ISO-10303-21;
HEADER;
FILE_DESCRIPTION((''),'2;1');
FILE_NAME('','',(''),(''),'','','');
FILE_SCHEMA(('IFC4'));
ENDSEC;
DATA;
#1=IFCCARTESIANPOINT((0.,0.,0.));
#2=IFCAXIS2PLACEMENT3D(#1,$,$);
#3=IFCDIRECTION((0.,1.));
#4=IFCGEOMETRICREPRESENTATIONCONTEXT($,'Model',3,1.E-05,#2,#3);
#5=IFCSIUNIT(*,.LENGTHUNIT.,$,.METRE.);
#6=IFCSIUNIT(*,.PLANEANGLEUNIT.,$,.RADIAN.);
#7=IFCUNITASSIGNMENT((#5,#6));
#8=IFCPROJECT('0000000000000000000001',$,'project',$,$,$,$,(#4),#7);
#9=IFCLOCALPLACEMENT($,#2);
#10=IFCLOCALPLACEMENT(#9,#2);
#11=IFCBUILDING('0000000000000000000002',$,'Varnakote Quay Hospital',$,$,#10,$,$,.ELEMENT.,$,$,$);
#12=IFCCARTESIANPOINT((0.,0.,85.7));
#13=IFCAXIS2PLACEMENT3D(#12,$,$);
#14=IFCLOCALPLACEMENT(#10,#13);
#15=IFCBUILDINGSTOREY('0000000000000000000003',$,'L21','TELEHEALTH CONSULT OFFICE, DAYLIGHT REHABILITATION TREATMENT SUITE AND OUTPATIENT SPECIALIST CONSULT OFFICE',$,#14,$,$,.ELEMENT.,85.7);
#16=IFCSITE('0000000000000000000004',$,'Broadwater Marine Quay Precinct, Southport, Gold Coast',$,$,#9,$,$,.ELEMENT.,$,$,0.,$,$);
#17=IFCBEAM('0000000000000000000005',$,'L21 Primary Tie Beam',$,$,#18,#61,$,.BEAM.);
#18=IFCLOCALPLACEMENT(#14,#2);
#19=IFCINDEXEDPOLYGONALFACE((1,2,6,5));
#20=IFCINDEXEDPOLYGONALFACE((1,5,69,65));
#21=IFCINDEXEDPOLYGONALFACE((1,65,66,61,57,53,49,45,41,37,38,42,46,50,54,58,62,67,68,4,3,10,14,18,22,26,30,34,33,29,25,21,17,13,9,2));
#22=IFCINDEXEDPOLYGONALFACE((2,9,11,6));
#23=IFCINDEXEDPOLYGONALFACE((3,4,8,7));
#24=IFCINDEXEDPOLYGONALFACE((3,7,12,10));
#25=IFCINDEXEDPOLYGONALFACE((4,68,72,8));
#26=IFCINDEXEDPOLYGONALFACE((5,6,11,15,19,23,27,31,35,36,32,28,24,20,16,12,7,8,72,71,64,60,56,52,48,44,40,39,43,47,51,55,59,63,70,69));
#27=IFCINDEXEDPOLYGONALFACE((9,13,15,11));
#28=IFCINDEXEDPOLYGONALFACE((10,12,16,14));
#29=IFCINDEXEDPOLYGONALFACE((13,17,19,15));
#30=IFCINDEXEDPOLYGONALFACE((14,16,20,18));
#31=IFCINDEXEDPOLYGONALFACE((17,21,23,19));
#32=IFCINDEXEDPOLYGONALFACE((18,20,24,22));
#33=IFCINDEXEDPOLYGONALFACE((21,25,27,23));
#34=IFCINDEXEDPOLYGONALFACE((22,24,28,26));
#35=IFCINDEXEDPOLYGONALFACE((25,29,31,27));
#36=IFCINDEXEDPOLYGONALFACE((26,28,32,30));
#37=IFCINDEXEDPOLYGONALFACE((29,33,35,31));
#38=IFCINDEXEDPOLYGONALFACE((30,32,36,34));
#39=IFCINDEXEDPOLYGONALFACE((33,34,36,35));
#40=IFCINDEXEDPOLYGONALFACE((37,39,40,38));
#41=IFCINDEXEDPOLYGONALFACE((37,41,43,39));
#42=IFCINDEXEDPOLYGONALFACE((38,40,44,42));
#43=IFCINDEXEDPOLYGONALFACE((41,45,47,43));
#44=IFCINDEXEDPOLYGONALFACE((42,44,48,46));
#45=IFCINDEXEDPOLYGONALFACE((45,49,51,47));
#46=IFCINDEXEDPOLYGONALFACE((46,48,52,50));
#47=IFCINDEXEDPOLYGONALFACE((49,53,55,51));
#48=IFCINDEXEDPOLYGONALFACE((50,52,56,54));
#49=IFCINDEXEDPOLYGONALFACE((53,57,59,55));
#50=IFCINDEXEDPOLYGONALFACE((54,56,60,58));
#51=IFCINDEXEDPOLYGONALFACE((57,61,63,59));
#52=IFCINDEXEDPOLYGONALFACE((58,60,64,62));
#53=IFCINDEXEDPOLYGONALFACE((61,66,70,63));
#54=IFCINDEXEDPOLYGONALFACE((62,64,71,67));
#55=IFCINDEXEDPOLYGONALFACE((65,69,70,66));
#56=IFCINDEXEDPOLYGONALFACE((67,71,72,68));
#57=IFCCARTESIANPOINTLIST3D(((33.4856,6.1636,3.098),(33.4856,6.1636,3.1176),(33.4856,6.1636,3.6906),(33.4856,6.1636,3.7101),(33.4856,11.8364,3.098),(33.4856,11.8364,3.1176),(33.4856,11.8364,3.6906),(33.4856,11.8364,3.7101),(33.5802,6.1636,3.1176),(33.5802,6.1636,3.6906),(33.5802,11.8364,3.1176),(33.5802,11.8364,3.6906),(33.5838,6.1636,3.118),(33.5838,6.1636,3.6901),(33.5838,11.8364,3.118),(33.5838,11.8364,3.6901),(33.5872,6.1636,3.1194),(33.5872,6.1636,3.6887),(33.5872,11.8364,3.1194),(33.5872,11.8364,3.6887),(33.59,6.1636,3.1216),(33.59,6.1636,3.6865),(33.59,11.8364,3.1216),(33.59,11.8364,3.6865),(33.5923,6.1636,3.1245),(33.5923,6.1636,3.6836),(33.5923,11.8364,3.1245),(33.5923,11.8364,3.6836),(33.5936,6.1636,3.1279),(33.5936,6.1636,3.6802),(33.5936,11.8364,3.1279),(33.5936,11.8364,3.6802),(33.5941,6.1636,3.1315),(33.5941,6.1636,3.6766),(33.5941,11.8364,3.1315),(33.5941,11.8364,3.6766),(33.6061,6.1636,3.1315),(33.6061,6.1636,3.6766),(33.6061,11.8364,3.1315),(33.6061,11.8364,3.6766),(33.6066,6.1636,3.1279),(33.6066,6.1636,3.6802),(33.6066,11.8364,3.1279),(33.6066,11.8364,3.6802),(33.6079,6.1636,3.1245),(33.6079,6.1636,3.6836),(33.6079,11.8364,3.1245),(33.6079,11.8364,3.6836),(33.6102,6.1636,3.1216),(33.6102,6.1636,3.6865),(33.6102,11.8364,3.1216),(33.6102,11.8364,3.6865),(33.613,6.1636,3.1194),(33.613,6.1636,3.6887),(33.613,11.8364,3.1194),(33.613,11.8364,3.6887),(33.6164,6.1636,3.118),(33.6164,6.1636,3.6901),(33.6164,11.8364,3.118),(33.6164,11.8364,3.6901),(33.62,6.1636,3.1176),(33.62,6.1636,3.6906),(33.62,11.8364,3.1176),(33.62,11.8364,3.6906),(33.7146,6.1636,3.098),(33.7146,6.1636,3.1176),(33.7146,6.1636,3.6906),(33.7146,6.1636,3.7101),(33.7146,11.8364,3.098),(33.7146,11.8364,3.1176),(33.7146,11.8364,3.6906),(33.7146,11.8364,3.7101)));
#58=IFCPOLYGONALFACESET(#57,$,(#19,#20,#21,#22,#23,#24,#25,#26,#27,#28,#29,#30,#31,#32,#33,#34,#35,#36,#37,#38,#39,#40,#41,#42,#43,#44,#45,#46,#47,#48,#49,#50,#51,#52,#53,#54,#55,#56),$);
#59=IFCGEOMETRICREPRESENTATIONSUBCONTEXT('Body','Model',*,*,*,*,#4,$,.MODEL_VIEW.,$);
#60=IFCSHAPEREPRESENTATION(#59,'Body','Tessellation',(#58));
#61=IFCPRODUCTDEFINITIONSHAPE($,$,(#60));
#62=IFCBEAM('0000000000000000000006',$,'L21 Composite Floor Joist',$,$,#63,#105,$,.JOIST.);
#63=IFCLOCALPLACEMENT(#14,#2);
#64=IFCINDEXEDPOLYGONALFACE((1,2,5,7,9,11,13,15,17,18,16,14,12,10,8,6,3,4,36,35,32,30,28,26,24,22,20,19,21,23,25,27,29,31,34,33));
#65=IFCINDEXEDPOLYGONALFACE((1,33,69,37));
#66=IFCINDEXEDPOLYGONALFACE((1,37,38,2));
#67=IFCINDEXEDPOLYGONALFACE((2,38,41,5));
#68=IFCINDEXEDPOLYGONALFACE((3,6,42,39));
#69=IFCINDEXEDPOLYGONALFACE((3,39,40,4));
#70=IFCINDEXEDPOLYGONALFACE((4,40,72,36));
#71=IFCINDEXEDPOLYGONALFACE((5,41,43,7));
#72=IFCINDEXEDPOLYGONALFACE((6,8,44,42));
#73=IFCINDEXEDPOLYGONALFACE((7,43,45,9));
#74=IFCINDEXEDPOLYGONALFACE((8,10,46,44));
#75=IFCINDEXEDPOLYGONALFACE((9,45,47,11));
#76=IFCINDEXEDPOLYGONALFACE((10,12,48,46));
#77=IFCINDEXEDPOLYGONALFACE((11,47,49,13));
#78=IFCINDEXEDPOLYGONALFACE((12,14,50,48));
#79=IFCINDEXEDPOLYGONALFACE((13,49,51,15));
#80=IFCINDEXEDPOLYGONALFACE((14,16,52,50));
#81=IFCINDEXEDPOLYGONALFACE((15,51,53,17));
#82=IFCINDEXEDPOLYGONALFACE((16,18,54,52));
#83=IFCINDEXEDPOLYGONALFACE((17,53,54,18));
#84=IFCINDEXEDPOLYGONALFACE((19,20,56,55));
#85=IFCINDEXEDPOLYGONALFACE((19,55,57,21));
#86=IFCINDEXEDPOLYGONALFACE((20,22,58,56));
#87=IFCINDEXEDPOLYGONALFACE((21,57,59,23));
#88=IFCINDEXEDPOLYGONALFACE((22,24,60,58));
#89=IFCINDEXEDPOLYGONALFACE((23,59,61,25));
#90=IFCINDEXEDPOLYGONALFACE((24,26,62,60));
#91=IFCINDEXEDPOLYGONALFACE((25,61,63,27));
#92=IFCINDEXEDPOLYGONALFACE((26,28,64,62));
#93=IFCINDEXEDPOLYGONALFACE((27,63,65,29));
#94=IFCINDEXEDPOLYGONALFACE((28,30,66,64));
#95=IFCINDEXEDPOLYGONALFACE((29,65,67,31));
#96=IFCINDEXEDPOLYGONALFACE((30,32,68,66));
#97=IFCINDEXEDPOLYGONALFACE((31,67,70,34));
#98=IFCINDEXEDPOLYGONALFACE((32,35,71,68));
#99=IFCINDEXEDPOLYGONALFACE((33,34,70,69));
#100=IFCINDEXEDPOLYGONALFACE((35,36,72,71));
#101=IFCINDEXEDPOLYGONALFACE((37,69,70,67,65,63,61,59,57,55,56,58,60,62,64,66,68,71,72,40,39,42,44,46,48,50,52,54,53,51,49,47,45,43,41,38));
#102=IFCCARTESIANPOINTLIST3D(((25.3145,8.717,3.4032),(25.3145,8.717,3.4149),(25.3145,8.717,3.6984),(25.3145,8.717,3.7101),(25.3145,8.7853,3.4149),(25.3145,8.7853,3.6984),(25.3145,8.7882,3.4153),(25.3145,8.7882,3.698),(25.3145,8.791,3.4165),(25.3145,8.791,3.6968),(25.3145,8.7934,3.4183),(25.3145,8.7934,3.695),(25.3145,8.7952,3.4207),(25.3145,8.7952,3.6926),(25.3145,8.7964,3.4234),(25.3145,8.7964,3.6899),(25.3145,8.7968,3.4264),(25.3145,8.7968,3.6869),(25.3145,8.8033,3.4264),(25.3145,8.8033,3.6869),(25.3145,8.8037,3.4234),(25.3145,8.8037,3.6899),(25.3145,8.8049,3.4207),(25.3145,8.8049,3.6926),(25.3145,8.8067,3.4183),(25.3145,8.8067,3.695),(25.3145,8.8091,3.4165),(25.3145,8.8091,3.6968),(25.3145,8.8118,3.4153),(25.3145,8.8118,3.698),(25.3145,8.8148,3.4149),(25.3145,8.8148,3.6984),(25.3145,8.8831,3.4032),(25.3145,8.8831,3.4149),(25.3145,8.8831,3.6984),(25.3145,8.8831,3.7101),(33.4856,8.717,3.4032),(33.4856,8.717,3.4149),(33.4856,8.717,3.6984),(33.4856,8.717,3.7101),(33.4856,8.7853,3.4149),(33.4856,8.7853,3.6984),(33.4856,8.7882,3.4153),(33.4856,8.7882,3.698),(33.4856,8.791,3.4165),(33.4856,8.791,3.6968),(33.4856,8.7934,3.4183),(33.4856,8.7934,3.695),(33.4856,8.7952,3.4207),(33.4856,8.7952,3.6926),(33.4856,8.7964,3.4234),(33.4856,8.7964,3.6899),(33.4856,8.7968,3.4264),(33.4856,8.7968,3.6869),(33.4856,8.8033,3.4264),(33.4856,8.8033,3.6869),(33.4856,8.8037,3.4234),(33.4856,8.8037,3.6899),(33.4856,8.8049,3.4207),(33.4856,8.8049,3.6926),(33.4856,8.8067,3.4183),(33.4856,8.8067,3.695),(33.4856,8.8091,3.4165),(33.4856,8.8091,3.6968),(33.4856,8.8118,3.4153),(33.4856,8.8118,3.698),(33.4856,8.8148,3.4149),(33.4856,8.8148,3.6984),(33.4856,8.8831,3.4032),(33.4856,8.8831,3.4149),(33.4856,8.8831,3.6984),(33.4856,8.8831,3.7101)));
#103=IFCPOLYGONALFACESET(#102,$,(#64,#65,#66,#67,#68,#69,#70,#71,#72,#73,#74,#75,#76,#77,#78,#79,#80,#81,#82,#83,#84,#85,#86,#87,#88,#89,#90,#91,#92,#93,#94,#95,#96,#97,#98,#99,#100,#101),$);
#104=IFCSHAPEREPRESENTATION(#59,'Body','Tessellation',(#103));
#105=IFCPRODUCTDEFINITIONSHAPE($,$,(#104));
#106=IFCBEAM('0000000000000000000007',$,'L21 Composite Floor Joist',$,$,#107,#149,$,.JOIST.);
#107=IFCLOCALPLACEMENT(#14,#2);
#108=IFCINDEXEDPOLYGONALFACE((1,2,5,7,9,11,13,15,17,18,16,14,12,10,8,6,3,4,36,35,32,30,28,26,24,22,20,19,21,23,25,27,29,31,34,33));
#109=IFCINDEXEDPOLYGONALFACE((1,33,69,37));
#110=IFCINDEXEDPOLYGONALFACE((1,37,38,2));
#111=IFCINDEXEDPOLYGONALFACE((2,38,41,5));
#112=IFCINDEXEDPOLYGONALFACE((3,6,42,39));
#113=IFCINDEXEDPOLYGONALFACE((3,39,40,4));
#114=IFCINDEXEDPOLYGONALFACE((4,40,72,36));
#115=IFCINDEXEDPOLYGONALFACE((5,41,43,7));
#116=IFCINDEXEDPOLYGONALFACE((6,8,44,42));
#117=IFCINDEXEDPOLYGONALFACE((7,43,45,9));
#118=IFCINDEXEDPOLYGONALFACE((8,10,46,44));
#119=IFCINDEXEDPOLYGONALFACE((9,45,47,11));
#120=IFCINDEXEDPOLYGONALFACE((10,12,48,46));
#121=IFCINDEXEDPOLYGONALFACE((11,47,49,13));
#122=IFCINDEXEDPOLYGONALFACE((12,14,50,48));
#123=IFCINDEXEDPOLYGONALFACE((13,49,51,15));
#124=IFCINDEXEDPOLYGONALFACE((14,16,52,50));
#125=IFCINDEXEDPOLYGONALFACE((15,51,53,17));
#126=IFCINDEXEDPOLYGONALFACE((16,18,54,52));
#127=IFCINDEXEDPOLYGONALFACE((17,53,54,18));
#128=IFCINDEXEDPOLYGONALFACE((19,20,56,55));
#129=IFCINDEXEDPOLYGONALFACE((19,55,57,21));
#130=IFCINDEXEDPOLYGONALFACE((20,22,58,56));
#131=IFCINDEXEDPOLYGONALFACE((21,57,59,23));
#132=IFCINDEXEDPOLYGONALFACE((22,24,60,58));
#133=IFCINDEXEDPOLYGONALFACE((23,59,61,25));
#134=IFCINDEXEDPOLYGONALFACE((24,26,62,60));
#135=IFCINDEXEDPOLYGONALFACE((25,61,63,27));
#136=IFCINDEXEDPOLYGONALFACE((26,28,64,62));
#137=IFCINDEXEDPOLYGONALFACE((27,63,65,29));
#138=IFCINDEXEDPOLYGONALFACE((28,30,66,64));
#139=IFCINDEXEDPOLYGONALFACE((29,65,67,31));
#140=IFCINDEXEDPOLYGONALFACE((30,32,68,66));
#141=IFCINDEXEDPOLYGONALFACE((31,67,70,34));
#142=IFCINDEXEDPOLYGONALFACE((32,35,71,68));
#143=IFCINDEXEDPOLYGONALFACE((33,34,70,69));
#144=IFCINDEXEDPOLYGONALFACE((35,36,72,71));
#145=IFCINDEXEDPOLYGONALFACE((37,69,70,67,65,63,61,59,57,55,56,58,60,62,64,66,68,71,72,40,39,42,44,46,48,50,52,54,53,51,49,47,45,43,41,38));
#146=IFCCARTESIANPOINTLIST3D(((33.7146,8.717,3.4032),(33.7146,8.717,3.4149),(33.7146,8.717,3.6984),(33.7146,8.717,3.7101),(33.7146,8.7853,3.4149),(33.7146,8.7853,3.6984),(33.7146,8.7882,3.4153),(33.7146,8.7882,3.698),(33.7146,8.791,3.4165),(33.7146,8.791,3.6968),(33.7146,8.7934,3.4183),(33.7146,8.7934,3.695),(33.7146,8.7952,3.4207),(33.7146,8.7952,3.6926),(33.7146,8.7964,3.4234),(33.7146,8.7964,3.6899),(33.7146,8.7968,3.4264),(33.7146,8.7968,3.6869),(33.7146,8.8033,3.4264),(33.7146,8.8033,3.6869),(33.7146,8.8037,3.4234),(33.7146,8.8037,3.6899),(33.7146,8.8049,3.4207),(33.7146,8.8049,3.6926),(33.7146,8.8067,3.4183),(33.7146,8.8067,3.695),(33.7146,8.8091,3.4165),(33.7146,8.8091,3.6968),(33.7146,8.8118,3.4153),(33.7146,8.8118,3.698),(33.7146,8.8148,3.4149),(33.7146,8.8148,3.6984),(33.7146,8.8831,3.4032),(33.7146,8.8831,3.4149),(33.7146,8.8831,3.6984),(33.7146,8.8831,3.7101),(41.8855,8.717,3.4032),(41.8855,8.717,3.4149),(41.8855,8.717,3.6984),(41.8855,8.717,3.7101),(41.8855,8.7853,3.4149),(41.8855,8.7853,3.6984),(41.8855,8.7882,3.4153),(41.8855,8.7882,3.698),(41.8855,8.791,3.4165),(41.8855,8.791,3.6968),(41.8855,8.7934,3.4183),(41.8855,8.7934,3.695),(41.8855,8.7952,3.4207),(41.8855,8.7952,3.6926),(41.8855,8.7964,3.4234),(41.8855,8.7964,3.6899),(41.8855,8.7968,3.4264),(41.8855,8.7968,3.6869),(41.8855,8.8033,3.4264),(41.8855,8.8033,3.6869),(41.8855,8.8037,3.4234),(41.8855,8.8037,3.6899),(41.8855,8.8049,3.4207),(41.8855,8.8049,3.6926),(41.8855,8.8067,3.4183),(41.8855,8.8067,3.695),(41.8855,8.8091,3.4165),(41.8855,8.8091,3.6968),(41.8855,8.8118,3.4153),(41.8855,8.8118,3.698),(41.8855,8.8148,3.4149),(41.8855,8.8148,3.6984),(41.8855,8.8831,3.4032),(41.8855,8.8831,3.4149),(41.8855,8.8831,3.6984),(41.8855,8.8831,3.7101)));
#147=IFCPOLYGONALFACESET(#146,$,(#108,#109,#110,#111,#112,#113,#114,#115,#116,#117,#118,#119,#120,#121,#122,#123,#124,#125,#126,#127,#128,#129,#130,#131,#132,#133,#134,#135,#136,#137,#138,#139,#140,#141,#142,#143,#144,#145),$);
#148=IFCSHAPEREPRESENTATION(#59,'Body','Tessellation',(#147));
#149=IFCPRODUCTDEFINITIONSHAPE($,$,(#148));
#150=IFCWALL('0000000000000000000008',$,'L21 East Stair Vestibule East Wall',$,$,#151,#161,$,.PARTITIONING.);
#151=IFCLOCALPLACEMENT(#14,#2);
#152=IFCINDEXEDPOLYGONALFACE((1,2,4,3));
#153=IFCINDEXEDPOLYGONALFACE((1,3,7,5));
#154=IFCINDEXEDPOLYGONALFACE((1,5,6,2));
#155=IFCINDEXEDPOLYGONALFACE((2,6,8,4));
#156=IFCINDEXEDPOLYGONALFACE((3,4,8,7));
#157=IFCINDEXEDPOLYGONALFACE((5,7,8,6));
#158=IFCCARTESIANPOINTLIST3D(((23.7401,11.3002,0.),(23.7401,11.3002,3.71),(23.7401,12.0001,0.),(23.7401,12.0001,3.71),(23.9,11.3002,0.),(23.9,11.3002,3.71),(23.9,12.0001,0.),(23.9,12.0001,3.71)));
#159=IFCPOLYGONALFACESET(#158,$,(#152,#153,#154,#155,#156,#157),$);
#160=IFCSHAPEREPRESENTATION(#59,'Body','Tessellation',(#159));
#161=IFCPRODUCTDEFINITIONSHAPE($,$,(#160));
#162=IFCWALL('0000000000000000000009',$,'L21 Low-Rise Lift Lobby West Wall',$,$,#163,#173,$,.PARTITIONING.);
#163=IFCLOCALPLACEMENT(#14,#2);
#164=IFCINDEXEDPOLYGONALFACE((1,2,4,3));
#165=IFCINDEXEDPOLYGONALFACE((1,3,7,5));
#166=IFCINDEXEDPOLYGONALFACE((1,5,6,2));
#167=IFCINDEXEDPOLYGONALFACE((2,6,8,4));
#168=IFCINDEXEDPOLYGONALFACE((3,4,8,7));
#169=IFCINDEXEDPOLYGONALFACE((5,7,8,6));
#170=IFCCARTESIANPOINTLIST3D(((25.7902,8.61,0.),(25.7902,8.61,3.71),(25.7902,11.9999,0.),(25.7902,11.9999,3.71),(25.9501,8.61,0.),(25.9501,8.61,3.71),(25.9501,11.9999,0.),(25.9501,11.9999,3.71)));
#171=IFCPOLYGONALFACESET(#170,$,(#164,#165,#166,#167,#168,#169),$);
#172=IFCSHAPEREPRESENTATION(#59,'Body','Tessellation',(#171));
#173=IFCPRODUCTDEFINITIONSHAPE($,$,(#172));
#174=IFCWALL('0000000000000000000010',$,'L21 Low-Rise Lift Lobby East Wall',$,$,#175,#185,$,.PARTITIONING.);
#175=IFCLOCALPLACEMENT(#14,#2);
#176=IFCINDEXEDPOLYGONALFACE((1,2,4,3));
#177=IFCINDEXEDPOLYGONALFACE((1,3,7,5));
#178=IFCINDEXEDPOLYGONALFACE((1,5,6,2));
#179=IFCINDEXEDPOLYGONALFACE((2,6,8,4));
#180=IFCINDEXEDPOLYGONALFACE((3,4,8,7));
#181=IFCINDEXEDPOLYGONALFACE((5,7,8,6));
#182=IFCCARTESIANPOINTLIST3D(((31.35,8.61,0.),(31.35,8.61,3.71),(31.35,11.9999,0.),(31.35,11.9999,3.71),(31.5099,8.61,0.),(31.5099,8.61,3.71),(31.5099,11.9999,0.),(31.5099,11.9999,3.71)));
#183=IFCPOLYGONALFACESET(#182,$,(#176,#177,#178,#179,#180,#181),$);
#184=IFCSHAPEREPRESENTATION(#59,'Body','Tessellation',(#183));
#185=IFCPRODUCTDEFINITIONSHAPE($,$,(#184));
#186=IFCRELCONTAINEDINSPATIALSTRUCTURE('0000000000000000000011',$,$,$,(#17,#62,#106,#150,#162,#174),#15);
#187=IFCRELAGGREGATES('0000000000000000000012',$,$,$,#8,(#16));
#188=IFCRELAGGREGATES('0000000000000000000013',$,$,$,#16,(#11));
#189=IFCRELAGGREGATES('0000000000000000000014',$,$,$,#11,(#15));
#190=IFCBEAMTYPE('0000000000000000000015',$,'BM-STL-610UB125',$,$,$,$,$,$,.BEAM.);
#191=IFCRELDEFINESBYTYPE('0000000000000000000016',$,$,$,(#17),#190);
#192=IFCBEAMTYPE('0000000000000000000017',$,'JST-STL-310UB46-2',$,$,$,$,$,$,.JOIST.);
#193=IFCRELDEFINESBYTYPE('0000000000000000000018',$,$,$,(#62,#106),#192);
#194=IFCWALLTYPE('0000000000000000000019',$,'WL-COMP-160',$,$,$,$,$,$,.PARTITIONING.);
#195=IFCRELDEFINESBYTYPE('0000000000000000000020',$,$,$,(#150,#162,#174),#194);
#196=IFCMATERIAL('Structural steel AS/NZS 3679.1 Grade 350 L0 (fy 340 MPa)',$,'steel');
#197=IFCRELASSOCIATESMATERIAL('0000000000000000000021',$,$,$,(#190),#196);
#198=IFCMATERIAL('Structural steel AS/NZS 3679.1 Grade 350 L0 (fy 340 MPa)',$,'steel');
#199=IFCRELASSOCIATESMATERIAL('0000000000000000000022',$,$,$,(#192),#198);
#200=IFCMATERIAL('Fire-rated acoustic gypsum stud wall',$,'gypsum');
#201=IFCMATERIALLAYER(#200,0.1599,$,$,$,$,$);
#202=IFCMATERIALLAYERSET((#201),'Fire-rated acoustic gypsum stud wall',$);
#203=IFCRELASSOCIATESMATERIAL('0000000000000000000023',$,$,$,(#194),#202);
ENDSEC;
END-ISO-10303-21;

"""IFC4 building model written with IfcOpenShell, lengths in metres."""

from ifc_helpers import new_model, si_unit, direction, frame, frame_2d, origin, origin_2d, place, context, subcontext, project, spatial, rectangle, i_section, extrude, material, layer, layer_set, material_profile, profile_set, type_object, element, save


model = new_model("IFC4")

# Units and contexts
model_context = context("Model", 3, precision=1e-05, world=origin(), true_north=direction((0.0, 1.0)))
body_context = subcontext(model_context, "Body", "Model", "MODEL_VIEW")
ifc_project = project(units=[si_unit("LENGTHUNIT", "METRE"), si_unit("PLANEANGLEUNIT", "RADIAN")], contexts=[model_context])

# Site, building, storey
site_placement = place(None, origin())
site = spatial("IfcSite", under=ifc_project, at=site_placement, Name="Broadwater Marine Quay Precinct, Southport, Gold Coast", CompositionType="ELEMENT", RefElevation=0.0)
building_placement = place(site_placement, origin())
building = spatial("IfcBuilding", under=site, at=building_placement, Name="Varnakote Quay Hospital", CompositionType="ELEMENT")
storey_placement = place(building_placement, frame((0.0, 0.0, 85.7)))
storey = spatial("IfcBuildingStorey", under=building, at=storey_placement, Name="L21", Description="TELEHEALTH CONSULT OFFICE, DAYLIGHT REHABILITATION TREATMENT SUITE AND OUTPATIENT SPECIALIST CONSULT OFFICE", CompositionType="ELEMENT", Elevation=85.7)

# Beams
ifc_material_1 = material(Name="Structural steel AS/NZS 3679.1 Grade 350 L0 (fy 340 MPa)", Category="steel")
ifc_material_profile_1 = material_profile(ifc_material_1, i_section(OverallWidth=0.229, OverallDepth=0.6121, WebThickness=0.012, FlangeThickness=0.0195, FilletRadius=0.0139, at=origin_2d()), Name="610UB125")
ifc_profile_set_1 = profile_set([ifc_material_profile_1], Name="Structural steel AS/NZS 3679.1 Grade 350 L0 (fy 340 MPa)")
beam_type_1 = type_object("IfcBeamType", Name="BM-STL-610UB125", PredefinedType="BEAM", material=ifc_profile_set_1)
for number, where, z_axis, x_axis, name in (
    (1, (33.6001, 6.1636, 3.4041), (0.0, 1.0, 0.0), (-1.0, 0.0, 0.0), "L21 Primary Tie Beam"),
):
    element("IfcBeam", number, at=place(storey_placement, frame(where, z_axis=z_axis, x_axis=x_axis)), inside=storey, type_object=beam_type_1, Name=name, PredefinedType="BEAM", context=body_context, shape_type="SweptSolid", body=[
        extrude(i_section(OverallWidth=0.229, OverallDepth=0.6121, WebThickness=0.012, FlangeThickness=0.0195, FilletRadius=0.0139, at=origin_2d()), origin(), (0.0, 0.0, 1.0), 5.6729),
    ])
ifc_material_2 = material(Name="Structural steel AS/NZS 3679.1 Grade 350 L0 (fy 340 MPa)", Category="steel")
ifc_material_profile_2 = material_profile(ifc_material_2, i_section(OverallWidth=0.166, OverallDepth=0.3069, WebThickness=0.0066, FlangeThickness=0.0117, FilletRadius=0.0115, at=origin_2d()), Name="310UB46.2")
ifc_profile_set_2 = profile_set([ifc_material_profile_2], Name="Structural steel AS/NZS 3679.1 Grade 350 L0 (fy 340 MPa)")
beam_type_2 = type_object("IfcBeamType", Name="JST-STL-310UB46-2", PredefinedType="JOIST", material=ifc_profile_set_2)
beam_1_placement = place(storey_placement, frame((25.3145, 8.8, 3.5566), z_axis=(1.0, 0.0, 0.0), x_axis=(0.0, 1.0, 0.0)))
element("IfcBeam", 2, at=beam_1_placement, inside=storey, type_object=beam_type_2, Name="L21 Composite Floor Joist", PredefinedType="JOIST", context=body_context, shape_type="SweptSolid", body=[
    extrude(i_section(OverallWidth=0.166, OverallDepth=0.3069, WebThickness=0.0066, FlangeThickness=0.0117, FilletRadius=0.0115, at=origin_2d()), origin(), (0.0, 0.0, 1.0), 8.1711),
])
beam_2_placement = place(storey_placement, frame((33.7146, 8.8, 3.5566), z_axis=(1.0, 0.0, 0.0), x_axis=(0.0, 1.0, 0.0)))
element("IfcBeam", 3, at=beam_2_placement, inside=storey, type_object=beam_type_2, Name="L21 Composite Floor Joist", PredefinedType="JOIST", context=body_context, shape_type="SweptSolid", body=[
    extrude(i_section(OverallWidth=0.166, OverallDepth=0.3069, WebThickness=0.0066, FlangeThickness=0.0117, FilletRadius=0.0115, at=origin_2d()), origin(), (0.0, 0.0, 1.0), 8.1709),
])

# Walls
ifc_material_3 = material(Name="Fire-rated acoustic gypsum stud wall", Category="gypsum")
ifc_layer_1 = layer(ifc_material_3, 0.1599)
ifc_layer_set_1 = layer_set([ifc_layer_1], Name="Fire-rated acoustic gypsum stud wall")
wall_type_1 = type_object("IfcWallType", Name="WL-COMP-160", PredefinedType="PARTITIONING", material=ifc_layer_set_1)
wall_1_placement = place(storey_placement, frame((23.8201, 11.3, 0.0), z_axis=(0.0, 0.0, 1.0), x_axis=(0.0, 1.0, 0.0)))
element("IfcWall", 4, at=wall_1_placement, inside=storey, type_object=wall_type_1, Name="L21 East Stair Vestibule East Wall", PredefinedType="PARTITIONING", context=body_context, shape_type="SweptSolid", body=[
    extrude(rectangle(XDim=0.7, YDim=0.1599, at=frame_2d((0.3501, 0.0))), origin(), (0.0, 0.0, 1.0), 3.71),
])
for number, where, z_axis, x_axis, name in (
    (5, (25.8701, 8.6101, 0.0), (0.0, 0.0, 1.0), (0.0, 1.0, 0.0), "L21 Low-Rise Lift Lobby West Wall"),
    (6, (31.4299, 8.6101, 0.0), (0.0, 0.0, 1.0), (0.0, 1.0, 0.0), "L21 Low-Rise Lift Lobby East Wall"),
):
    element("IfcWall", number, at=place(storey_placement, frame(where, z_axis=z_axis, x_axis=x_axis)), inside=storey, type_object=wall_type_1, Name=name, PredefinedType="PARTITIONING", context=body_context, shape_type="SweptSolid", body=[
        extrude(rectangle(XDim=3.3899, YDim=0.1599, at=frame_2d((1.6948, 0.0))), origin(), (0.0, 0.0, 1.0), 3.71),
    ])

save(model, "model.ifc")
